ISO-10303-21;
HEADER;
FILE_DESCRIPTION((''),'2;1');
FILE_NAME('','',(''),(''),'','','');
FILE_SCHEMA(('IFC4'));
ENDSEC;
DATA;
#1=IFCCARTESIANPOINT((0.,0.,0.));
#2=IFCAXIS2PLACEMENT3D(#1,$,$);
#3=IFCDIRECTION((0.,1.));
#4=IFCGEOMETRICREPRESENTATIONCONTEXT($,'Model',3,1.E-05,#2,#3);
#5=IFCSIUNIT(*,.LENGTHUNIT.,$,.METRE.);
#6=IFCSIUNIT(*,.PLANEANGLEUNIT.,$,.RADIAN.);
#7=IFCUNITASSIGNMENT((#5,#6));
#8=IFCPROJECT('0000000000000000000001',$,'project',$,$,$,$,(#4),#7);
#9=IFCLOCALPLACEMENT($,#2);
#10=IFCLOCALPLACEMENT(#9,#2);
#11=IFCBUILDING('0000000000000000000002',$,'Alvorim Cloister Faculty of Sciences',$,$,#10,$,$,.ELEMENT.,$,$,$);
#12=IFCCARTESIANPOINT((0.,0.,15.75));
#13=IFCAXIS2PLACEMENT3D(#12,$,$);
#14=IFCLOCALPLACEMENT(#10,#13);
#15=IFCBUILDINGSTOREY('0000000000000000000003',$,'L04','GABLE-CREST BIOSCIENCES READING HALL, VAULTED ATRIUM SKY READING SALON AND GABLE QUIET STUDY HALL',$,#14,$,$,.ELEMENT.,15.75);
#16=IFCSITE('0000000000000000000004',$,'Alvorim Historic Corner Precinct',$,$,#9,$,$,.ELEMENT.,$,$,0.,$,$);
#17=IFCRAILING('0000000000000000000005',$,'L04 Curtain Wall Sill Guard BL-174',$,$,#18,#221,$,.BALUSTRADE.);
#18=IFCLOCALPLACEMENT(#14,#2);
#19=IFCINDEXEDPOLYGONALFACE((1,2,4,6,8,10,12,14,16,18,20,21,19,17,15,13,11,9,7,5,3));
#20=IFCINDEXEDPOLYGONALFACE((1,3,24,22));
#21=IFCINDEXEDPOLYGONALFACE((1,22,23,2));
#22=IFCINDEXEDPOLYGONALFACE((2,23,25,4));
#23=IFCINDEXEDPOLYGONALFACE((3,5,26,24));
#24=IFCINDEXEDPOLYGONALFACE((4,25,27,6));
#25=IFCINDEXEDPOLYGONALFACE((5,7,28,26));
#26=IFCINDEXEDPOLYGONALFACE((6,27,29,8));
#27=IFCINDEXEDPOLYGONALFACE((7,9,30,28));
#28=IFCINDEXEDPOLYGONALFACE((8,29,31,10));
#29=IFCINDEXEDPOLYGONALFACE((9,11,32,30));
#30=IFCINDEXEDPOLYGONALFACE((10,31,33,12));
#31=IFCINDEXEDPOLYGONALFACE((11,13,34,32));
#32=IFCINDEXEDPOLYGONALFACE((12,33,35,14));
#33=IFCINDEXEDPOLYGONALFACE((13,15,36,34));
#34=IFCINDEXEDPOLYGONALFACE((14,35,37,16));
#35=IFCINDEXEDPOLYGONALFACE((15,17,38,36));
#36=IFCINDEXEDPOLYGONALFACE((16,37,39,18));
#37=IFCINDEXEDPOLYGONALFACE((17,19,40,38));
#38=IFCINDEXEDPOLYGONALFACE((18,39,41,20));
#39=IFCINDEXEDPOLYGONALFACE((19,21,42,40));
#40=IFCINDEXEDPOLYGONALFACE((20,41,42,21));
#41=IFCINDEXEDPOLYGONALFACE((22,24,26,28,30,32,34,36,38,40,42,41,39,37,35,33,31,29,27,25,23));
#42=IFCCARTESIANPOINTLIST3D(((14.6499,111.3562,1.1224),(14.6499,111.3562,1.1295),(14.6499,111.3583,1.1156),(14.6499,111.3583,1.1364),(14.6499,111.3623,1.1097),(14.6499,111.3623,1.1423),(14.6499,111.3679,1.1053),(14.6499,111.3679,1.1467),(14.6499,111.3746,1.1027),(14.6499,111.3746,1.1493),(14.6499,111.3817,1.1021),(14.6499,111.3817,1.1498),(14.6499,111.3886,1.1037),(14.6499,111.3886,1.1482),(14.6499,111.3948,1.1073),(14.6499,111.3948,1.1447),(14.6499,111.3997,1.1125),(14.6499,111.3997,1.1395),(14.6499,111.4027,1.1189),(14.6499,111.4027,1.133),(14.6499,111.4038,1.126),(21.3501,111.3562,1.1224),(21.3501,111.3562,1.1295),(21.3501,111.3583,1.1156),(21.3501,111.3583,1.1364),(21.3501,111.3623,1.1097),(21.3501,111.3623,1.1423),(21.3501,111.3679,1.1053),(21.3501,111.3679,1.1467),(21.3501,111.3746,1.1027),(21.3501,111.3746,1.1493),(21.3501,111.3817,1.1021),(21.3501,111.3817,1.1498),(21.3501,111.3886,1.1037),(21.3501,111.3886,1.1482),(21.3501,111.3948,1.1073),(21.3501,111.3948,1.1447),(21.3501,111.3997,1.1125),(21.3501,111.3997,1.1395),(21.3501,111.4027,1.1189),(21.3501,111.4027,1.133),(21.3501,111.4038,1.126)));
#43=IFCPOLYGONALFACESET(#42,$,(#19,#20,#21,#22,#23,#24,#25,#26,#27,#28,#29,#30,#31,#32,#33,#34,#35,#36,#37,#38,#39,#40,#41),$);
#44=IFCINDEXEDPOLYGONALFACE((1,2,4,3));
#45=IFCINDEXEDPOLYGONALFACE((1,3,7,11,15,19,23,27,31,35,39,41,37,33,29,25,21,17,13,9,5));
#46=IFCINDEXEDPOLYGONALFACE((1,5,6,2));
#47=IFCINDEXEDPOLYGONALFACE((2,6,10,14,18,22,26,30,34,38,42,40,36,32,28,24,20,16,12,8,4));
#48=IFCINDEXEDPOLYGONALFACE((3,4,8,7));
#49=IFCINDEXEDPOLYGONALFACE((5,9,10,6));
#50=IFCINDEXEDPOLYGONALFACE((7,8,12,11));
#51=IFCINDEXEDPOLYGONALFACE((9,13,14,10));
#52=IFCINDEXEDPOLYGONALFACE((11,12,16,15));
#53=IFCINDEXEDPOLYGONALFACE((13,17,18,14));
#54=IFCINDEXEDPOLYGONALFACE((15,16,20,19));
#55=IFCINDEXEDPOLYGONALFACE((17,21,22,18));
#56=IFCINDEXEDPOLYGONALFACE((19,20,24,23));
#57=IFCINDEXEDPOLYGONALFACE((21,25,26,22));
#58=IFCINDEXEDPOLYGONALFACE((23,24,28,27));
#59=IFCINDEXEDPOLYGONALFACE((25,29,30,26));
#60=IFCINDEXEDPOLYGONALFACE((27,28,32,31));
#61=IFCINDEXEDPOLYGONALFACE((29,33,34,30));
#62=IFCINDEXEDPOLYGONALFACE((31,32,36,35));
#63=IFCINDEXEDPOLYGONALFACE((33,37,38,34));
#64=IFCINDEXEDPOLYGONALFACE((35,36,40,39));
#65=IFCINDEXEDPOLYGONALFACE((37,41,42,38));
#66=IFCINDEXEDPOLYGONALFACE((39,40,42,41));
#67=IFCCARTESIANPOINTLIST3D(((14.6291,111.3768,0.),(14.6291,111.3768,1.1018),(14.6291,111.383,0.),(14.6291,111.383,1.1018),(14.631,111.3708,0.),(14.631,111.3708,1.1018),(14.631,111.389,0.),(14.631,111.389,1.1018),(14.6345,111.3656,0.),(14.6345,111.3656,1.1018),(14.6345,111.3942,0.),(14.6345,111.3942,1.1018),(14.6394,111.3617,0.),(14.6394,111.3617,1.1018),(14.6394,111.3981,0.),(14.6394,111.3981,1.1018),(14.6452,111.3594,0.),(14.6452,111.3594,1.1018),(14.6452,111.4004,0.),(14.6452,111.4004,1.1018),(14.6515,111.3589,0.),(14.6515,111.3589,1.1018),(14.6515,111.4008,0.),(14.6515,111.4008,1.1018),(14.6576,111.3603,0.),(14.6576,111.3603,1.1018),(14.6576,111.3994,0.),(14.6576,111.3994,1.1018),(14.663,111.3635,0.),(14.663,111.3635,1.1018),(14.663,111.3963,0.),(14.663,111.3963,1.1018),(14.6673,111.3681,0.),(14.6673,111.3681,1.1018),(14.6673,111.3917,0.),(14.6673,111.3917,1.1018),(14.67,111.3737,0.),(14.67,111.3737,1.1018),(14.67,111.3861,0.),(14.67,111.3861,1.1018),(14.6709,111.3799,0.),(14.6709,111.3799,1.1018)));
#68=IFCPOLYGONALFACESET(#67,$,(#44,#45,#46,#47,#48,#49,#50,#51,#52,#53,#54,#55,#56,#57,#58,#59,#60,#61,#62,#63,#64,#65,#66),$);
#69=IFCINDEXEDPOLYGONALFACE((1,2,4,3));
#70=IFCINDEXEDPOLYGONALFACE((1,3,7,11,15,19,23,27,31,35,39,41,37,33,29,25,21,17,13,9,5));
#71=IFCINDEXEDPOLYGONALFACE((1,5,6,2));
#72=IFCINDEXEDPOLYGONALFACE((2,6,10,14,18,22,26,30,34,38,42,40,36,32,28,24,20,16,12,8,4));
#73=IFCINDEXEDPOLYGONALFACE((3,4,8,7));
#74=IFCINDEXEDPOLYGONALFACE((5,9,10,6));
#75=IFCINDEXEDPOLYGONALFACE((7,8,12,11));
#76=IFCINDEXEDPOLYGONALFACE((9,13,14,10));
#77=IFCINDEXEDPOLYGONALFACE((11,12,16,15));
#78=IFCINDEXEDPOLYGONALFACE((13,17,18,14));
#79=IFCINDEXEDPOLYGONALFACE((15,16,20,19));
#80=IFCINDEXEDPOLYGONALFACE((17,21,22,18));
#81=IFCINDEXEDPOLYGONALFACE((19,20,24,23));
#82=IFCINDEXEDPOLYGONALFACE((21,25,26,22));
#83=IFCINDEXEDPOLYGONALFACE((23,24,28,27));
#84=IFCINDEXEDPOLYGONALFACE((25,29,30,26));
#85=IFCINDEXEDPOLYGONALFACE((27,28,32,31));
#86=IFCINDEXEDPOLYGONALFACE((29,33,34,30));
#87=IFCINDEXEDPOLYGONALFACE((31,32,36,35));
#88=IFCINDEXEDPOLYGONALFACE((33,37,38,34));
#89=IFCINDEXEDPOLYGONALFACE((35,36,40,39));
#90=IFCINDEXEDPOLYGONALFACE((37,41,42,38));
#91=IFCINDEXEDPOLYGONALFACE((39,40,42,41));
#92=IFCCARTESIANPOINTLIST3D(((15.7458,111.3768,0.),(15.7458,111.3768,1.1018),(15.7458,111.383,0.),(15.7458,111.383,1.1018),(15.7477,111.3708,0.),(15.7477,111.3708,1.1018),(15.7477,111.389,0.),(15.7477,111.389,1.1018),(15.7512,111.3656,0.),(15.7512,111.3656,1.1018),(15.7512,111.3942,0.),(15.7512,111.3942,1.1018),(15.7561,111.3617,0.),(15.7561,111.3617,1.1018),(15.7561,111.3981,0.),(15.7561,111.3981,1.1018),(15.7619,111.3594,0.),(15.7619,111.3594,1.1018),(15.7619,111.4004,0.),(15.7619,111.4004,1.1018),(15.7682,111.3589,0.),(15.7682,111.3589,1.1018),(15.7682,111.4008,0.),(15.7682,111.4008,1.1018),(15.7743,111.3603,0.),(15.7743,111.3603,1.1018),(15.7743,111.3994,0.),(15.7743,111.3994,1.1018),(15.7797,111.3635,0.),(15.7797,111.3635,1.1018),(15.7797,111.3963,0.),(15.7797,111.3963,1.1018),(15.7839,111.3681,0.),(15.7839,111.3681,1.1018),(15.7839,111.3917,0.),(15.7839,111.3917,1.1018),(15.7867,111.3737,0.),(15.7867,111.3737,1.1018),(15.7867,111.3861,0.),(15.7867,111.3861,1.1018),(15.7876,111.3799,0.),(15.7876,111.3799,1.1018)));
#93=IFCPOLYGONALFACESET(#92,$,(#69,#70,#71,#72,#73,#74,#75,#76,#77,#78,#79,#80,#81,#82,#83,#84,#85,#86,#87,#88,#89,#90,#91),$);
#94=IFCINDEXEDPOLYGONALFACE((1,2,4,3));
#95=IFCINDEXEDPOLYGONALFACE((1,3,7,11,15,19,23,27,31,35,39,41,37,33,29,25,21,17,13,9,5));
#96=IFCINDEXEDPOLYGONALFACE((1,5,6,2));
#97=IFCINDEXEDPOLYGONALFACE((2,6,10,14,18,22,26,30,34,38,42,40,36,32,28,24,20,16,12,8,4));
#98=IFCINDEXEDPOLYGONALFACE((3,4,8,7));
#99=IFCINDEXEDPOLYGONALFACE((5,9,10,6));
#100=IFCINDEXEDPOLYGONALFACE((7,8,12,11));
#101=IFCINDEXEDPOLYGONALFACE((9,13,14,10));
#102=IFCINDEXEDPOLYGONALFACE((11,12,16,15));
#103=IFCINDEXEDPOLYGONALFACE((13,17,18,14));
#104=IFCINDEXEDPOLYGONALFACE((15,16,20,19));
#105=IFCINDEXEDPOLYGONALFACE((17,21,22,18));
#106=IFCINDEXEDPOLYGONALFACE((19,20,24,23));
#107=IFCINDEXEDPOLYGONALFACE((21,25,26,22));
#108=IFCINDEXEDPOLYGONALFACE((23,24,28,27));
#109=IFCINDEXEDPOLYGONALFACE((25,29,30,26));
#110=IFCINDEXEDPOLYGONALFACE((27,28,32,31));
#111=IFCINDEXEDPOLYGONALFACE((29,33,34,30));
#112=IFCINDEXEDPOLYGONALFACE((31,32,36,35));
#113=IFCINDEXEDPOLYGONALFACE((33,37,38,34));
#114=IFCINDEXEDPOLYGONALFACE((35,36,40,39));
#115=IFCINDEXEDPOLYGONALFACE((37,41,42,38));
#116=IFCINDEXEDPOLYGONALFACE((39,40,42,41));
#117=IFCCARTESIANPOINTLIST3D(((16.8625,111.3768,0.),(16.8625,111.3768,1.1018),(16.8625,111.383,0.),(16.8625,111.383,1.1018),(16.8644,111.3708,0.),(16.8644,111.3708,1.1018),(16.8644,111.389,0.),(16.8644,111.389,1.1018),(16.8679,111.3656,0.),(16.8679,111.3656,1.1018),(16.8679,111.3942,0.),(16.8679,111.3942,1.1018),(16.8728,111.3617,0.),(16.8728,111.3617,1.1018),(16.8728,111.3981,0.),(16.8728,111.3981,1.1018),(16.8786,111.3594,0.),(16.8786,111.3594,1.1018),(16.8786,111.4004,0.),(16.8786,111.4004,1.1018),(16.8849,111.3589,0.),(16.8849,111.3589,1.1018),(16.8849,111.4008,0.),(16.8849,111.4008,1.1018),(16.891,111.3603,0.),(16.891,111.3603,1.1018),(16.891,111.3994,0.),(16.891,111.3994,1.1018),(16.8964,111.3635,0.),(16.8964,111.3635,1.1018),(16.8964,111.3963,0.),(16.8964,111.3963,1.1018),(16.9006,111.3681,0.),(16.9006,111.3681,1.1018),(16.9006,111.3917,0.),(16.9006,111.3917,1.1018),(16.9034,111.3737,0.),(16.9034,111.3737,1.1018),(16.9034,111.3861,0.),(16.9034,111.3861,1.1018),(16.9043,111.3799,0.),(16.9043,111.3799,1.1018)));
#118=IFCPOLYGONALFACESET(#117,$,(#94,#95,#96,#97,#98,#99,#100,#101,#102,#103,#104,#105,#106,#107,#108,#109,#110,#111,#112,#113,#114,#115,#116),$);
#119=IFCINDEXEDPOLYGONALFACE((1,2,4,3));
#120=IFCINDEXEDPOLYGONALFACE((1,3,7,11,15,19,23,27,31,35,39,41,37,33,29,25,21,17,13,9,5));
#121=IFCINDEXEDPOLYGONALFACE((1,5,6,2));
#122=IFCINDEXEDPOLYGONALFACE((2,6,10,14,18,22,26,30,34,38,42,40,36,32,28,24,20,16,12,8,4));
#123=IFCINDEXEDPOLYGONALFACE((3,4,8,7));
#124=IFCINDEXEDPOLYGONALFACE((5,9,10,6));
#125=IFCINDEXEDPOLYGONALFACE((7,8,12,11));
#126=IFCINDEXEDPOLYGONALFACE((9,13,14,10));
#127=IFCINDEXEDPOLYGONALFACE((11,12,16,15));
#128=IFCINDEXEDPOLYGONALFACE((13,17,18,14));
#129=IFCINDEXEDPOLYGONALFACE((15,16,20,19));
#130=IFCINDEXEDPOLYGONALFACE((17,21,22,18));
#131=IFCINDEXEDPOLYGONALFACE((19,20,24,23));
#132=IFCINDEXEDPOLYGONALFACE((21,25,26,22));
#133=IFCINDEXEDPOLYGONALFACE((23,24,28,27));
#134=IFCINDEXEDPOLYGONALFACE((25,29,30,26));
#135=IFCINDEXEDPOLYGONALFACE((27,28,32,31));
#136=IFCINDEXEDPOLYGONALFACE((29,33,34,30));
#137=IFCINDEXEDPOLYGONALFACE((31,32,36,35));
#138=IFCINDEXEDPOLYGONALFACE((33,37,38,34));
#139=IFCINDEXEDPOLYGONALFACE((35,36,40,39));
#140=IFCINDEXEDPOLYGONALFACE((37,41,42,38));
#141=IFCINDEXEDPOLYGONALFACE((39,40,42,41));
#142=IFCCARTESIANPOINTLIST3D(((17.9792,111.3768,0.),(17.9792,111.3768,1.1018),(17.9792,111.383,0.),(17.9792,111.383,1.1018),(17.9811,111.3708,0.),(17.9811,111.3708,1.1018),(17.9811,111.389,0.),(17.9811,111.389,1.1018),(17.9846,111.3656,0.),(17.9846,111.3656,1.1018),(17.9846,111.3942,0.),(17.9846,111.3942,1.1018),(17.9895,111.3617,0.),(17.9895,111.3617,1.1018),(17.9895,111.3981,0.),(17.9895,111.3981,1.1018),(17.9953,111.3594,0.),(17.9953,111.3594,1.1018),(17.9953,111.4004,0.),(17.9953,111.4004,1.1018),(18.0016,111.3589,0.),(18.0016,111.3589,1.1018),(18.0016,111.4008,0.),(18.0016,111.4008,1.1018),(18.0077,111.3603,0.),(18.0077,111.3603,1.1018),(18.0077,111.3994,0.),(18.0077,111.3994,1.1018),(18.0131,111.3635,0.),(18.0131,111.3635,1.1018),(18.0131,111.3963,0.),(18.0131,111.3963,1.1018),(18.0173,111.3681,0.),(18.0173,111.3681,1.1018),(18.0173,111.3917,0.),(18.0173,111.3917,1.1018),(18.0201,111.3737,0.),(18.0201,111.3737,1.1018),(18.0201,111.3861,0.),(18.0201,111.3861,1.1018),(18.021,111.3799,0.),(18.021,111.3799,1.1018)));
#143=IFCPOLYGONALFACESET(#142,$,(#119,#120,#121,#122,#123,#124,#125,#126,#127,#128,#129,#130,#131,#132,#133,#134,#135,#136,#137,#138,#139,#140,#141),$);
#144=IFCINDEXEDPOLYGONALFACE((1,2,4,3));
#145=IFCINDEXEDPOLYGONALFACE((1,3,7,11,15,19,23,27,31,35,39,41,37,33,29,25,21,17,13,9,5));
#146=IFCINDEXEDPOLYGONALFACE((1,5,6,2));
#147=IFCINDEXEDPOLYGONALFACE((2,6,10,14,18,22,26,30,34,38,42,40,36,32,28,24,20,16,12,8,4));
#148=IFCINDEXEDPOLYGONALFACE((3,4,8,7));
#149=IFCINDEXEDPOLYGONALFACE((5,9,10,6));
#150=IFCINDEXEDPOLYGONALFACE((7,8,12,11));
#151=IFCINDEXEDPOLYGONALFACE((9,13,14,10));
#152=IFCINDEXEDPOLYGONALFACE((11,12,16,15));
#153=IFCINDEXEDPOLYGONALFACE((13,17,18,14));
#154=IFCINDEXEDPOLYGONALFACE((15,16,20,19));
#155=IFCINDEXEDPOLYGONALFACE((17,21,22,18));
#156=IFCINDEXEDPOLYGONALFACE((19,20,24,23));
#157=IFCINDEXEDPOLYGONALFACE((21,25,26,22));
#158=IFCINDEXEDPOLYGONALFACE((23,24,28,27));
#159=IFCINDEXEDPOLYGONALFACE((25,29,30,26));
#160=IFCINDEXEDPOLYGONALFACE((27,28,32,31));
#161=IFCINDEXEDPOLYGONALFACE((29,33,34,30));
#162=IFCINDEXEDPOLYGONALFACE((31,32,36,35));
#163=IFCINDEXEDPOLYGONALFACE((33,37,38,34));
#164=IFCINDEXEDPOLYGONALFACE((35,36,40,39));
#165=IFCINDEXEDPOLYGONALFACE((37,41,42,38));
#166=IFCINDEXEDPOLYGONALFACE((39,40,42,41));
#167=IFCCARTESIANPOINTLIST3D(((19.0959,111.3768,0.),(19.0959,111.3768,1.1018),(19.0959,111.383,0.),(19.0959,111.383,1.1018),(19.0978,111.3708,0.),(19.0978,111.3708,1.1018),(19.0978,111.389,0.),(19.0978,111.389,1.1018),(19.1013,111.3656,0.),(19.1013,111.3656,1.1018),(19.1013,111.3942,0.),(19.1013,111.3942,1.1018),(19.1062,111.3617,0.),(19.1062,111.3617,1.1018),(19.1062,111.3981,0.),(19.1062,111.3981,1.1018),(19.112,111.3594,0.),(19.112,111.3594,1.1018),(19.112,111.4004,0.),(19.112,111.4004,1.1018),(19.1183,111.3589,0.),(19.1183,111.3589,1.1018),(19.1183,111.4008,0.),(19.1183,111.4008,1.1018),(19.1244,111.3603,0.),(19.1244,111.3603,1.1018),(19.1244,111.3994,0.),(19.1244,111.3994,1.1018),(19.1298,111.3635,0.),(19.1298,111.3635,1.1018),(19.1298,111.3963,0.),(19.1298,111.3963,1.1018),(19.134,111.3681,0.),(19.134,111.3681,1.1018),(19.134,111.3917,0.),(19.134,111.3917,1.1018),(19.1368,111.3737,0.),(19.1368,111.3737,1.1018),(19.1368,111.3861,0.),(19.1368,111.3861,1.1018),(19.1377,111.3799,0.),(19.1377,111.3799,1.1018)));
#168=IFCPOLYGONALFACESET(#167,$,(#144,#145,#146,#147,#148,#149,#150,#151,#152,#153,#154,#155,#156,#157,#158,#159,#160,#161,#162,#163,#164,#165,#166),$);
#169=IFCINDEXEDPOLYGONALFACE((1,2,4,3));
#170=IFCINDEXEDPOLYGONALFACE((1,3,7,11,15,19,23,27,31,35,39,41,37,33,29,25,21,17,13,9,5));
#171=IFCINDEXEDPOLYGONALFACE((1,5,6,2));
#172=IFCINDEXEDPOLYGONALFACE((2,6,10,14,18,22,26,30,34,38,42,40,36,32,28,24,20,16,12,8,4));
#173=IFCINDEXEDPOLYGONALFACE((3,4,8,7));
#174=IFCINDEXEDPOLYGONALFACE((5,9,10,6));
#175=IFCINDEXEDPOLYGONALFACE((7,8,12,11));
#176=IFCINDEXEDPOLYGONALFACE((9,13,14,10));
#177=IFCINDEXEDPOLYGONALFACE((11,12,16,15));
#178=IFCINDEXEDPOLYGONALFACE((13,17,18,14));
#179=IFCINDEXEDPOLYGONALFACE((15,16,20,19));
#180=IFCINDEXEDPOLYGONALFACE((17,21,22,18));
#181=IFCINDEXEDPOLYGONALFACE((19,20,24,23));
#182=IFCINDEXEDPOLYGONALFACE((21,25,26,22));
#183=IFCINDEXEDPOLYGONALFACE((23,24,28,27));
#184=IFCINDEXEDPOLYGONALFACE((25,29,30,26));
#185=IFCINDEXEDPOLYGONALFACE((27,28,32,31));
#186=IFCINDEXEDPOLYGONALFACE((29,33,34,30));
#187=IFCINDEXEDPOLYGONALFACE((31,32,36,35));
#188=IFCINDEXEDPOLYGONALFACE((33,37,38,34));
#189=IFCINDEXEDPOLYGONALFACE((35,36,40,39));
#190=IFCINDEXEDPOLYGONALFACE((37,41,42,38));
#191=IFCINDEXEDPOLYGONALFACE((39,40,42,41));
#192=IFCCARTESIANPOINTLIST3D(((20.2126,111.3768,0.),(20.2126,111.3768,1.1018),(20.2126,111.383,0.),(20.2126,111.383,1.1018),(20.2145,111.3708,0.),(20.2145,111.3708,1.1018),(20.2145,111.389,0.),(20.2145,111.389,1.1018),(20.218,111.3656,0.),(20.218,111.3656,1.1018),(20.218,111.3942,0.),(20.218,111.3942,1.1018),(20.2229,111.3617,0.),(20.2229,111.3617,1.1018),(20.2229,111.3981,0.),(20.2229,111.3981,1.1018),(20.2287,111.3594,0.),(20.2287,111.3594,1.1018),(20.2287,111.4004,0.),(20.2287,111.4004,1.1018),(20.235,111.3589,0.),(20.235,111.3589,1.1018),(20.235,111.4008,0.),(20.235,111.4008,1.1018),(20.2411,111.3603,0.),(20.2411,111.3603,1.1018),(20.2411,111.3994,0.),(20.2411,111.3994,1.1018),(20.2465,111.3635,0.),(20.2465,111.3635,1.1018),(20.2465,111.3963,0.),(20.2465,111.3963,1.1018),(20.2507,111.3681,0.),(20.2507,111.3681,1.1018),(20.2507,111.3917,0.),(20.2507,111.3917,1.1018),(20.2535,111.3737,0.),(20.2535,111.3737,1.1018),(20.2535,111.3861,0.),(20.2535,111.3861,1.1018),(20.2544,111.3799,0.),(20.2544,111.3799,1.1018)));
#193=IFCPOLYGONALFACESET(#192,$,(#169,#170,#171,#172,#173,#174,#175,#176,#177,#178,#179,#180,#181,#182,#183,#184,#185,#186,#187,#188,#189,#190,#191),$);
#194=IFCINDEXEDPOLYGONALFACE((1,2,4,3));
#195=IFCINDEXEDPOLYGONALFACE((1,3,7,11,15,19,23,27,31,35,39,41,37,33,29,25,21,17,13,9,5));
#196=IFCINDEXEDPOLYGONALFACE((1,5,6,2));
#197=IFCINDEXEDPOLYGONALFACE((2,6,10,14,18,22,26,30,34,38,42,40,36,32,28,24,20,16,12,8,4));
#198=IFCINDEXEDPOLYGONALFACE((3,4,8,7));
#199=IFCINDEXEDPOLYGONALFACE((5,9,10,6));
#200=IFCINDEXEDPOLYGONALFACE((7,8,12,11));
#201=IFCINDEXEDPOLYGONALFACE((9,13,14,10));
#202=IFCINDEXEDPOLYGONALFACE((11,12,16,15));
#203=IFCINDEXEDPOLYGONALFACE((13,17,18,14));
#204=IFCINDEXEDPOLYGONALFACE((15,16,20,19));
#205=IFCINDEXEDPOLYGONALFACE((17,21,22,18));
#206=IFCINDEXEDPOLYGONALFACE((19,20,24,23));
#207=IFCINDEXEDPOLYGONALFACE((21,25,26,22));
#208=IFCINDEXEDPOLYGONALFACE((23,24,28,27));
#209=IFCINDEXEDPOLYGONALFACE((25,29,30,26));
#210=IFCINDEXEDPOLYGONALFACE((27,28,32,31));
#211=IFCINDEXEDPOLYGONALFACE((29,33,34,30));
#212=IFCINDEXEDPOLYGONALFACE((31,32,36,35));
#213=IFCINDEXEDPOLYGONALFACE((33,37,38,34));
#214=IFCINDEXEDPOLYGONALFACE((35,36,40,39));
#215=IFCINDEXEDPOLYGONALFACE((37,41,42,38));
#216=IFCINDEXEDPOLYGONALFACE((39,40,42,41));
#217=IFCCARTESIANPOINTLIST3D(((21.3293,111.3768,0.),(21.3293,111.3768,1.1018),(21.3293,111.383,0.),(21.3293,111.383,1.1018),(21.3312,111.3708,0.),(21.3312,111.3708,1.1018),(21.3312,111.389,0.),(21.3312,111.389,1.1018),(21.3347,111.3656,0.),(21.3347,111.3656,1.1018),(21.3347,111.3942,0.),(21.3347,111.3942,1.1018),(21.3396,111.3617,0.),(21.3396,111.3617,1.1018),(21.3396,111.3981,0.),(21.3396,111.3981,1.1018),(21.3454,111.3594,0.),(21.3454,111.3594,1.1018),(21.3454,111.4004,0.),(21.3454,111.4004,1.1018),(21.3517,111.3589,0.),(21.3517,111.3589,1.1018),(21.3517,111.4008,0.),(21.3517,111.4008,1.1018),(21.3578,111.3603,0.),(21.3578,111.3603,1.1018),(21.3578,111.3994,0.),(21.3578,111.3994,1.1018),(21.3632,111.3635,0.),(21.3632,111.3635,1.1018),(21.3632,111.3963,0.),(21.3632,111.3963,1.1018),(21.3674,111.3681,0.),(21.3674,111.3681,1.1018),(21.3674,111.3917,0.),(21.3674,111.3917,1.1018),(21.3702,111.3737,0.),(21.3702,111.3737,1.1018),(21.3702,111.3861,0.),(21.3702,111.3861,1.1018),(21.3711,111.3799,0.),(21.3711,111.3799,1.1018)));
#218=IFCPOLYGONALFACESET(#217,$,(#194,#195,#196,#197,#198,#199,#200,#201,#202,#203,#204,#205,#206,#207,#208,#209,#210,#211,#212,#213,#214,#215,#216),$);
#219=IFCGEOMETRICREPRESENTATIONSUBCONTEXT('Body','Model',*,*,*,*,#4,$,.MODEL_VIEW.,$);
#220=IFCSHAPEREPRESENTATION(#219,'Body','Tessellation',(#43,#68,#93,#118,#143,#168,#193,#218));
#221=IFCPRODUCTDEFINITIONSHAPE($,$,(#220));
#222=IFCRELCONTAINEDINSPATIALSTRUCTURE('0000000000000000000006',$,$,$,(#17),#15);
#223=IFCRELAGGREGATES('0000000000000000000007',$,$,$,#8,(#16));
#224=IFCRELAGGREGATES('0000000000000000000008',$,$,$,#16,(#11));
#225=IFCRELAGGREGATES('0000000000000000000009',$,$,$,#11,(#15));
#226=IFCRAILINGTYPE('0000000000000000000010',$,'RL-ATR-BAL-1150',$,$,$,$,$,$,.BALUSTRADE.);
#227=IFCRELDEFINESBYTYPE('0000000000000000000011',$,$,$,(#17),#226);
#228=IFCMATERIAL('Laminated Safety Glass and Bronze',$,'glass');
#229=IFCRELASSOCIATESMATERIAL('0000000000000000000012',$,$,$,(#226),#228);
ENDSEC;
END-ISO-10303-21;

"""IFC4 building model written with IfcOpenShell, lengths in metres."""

from ifc_helpers import new_model, si_unit, direction, frame, origin, origin_2d, place, context, subcontext, project, spatial, circle, extrude, material, type_object, element, save


model = new_model("IFC4")

# Units and contexts
model_context = context("Model", 3, precision=1e-05, world=origin(), true_north=direction((0.0, 1.0)))
body_context = subcontext(model_context, "Body", "Model", "MODEL_VIEW")
ifc_project = project(units=[si_unit("LENGTHUNIT", "METRE"), si_unit("PLANEANGLEUNIT", "RADIAN")], contexts=[model_context])

# Site, building, storey
site_placement = place(None, origin())
site = spatial("IfcSite", under=ifc_project, at=site_placement, Name="Alvorim Historic Corner Precinct", CompositionType="ELEMENT", RefElevation=0.0)
building_placement = place(site_placement, origin())
building = spatial("IfcBuilding", under=site, at=building_placement, Name="Alvorim Cloister Faculty of Sciences", CompositionType="ELEMENT")
storey_placement = place(building_placement, frame((0.0, 0.0, 15.75)))
storey = spatial("IfcBuildingStorey", under=building, at=storey_placement, Name="L04", Description="GABLE-CREST BIOSCIENCES READING HALL, VAULTED ATRIUM SKY READING SALON AND GABLE QUIET STUDY HALL", CompositionType="ELEMENT", Elevation=15.75)

# Railing
ifc_material_1 = material(Name="Laminated Safety Glass and Bronze", Category="glass")
railing_type = type_object("IfcRailingType", Name="RL-ATR-BAL-1150", PredefinedType="BALUSTRADE", material=ifc_material_1)
railing_1_placement = place(storey_placement, frame((14.6499, 111.3799, 0.0)))
element("IfcRailing", 1, at=railing_1_placement, inside=storey, type_object=railing_type, Name="L04 Curtain Wall Sill Guard BL-174", PredefinedType="BALUSTRADE", context=body_context, shape_type="SweptSolid", body=[
    extrude(circle(Radius=0.0239, at=origin_2d()), frame((0.0, 0.0, 1.126), z_axis=(1.0, 0.0, 0.0), x_axis=(0.0, 1.0, 0.0)), (0.0, 0.0, 1.0), 6.7002),
    extrude(circle(Radius=0.021, at=origin_2d()), origin(), (0.0, 0.0, 1.0), 1.1018),
    extrude(circle(Radius=0.021, at=origin_2d()), frame((1.1167, 0.0, 0.0)), (0.0, 0.0, 1.0), 1.1018),
    extrude(circle(Radius=0.021, at=origin_2d()), frame((2.2334, 0.0, 0.0)), (0.0, 0.0, 1.0), 1.1018),
    extrude(circle(Radius=0.021, at=origin_2d()), frame((3.3501, 0.0, 0.0)), (0.0, 0.0, 1.0), 1.1018),
    extrude(circle(Radius=0.021, at=origin_2d()), frame((4.4668, 0.0, 0.0)), (0.0, 0.0, 1.0), 1.1018),
    extrude(circle(Radius=0.021, at=origin_2d()), frame((5.5835, 0.0, 0.0)), (0.0, 0.0, 1.0), 1.1018),
    extrude(circle(Radius=0.021, at=origin_2d()), frame((6.7002, 0.0, 0.0)), (0.0, 0.0, 1.0), 1.1018),
])

save(model, "model.ifc")
